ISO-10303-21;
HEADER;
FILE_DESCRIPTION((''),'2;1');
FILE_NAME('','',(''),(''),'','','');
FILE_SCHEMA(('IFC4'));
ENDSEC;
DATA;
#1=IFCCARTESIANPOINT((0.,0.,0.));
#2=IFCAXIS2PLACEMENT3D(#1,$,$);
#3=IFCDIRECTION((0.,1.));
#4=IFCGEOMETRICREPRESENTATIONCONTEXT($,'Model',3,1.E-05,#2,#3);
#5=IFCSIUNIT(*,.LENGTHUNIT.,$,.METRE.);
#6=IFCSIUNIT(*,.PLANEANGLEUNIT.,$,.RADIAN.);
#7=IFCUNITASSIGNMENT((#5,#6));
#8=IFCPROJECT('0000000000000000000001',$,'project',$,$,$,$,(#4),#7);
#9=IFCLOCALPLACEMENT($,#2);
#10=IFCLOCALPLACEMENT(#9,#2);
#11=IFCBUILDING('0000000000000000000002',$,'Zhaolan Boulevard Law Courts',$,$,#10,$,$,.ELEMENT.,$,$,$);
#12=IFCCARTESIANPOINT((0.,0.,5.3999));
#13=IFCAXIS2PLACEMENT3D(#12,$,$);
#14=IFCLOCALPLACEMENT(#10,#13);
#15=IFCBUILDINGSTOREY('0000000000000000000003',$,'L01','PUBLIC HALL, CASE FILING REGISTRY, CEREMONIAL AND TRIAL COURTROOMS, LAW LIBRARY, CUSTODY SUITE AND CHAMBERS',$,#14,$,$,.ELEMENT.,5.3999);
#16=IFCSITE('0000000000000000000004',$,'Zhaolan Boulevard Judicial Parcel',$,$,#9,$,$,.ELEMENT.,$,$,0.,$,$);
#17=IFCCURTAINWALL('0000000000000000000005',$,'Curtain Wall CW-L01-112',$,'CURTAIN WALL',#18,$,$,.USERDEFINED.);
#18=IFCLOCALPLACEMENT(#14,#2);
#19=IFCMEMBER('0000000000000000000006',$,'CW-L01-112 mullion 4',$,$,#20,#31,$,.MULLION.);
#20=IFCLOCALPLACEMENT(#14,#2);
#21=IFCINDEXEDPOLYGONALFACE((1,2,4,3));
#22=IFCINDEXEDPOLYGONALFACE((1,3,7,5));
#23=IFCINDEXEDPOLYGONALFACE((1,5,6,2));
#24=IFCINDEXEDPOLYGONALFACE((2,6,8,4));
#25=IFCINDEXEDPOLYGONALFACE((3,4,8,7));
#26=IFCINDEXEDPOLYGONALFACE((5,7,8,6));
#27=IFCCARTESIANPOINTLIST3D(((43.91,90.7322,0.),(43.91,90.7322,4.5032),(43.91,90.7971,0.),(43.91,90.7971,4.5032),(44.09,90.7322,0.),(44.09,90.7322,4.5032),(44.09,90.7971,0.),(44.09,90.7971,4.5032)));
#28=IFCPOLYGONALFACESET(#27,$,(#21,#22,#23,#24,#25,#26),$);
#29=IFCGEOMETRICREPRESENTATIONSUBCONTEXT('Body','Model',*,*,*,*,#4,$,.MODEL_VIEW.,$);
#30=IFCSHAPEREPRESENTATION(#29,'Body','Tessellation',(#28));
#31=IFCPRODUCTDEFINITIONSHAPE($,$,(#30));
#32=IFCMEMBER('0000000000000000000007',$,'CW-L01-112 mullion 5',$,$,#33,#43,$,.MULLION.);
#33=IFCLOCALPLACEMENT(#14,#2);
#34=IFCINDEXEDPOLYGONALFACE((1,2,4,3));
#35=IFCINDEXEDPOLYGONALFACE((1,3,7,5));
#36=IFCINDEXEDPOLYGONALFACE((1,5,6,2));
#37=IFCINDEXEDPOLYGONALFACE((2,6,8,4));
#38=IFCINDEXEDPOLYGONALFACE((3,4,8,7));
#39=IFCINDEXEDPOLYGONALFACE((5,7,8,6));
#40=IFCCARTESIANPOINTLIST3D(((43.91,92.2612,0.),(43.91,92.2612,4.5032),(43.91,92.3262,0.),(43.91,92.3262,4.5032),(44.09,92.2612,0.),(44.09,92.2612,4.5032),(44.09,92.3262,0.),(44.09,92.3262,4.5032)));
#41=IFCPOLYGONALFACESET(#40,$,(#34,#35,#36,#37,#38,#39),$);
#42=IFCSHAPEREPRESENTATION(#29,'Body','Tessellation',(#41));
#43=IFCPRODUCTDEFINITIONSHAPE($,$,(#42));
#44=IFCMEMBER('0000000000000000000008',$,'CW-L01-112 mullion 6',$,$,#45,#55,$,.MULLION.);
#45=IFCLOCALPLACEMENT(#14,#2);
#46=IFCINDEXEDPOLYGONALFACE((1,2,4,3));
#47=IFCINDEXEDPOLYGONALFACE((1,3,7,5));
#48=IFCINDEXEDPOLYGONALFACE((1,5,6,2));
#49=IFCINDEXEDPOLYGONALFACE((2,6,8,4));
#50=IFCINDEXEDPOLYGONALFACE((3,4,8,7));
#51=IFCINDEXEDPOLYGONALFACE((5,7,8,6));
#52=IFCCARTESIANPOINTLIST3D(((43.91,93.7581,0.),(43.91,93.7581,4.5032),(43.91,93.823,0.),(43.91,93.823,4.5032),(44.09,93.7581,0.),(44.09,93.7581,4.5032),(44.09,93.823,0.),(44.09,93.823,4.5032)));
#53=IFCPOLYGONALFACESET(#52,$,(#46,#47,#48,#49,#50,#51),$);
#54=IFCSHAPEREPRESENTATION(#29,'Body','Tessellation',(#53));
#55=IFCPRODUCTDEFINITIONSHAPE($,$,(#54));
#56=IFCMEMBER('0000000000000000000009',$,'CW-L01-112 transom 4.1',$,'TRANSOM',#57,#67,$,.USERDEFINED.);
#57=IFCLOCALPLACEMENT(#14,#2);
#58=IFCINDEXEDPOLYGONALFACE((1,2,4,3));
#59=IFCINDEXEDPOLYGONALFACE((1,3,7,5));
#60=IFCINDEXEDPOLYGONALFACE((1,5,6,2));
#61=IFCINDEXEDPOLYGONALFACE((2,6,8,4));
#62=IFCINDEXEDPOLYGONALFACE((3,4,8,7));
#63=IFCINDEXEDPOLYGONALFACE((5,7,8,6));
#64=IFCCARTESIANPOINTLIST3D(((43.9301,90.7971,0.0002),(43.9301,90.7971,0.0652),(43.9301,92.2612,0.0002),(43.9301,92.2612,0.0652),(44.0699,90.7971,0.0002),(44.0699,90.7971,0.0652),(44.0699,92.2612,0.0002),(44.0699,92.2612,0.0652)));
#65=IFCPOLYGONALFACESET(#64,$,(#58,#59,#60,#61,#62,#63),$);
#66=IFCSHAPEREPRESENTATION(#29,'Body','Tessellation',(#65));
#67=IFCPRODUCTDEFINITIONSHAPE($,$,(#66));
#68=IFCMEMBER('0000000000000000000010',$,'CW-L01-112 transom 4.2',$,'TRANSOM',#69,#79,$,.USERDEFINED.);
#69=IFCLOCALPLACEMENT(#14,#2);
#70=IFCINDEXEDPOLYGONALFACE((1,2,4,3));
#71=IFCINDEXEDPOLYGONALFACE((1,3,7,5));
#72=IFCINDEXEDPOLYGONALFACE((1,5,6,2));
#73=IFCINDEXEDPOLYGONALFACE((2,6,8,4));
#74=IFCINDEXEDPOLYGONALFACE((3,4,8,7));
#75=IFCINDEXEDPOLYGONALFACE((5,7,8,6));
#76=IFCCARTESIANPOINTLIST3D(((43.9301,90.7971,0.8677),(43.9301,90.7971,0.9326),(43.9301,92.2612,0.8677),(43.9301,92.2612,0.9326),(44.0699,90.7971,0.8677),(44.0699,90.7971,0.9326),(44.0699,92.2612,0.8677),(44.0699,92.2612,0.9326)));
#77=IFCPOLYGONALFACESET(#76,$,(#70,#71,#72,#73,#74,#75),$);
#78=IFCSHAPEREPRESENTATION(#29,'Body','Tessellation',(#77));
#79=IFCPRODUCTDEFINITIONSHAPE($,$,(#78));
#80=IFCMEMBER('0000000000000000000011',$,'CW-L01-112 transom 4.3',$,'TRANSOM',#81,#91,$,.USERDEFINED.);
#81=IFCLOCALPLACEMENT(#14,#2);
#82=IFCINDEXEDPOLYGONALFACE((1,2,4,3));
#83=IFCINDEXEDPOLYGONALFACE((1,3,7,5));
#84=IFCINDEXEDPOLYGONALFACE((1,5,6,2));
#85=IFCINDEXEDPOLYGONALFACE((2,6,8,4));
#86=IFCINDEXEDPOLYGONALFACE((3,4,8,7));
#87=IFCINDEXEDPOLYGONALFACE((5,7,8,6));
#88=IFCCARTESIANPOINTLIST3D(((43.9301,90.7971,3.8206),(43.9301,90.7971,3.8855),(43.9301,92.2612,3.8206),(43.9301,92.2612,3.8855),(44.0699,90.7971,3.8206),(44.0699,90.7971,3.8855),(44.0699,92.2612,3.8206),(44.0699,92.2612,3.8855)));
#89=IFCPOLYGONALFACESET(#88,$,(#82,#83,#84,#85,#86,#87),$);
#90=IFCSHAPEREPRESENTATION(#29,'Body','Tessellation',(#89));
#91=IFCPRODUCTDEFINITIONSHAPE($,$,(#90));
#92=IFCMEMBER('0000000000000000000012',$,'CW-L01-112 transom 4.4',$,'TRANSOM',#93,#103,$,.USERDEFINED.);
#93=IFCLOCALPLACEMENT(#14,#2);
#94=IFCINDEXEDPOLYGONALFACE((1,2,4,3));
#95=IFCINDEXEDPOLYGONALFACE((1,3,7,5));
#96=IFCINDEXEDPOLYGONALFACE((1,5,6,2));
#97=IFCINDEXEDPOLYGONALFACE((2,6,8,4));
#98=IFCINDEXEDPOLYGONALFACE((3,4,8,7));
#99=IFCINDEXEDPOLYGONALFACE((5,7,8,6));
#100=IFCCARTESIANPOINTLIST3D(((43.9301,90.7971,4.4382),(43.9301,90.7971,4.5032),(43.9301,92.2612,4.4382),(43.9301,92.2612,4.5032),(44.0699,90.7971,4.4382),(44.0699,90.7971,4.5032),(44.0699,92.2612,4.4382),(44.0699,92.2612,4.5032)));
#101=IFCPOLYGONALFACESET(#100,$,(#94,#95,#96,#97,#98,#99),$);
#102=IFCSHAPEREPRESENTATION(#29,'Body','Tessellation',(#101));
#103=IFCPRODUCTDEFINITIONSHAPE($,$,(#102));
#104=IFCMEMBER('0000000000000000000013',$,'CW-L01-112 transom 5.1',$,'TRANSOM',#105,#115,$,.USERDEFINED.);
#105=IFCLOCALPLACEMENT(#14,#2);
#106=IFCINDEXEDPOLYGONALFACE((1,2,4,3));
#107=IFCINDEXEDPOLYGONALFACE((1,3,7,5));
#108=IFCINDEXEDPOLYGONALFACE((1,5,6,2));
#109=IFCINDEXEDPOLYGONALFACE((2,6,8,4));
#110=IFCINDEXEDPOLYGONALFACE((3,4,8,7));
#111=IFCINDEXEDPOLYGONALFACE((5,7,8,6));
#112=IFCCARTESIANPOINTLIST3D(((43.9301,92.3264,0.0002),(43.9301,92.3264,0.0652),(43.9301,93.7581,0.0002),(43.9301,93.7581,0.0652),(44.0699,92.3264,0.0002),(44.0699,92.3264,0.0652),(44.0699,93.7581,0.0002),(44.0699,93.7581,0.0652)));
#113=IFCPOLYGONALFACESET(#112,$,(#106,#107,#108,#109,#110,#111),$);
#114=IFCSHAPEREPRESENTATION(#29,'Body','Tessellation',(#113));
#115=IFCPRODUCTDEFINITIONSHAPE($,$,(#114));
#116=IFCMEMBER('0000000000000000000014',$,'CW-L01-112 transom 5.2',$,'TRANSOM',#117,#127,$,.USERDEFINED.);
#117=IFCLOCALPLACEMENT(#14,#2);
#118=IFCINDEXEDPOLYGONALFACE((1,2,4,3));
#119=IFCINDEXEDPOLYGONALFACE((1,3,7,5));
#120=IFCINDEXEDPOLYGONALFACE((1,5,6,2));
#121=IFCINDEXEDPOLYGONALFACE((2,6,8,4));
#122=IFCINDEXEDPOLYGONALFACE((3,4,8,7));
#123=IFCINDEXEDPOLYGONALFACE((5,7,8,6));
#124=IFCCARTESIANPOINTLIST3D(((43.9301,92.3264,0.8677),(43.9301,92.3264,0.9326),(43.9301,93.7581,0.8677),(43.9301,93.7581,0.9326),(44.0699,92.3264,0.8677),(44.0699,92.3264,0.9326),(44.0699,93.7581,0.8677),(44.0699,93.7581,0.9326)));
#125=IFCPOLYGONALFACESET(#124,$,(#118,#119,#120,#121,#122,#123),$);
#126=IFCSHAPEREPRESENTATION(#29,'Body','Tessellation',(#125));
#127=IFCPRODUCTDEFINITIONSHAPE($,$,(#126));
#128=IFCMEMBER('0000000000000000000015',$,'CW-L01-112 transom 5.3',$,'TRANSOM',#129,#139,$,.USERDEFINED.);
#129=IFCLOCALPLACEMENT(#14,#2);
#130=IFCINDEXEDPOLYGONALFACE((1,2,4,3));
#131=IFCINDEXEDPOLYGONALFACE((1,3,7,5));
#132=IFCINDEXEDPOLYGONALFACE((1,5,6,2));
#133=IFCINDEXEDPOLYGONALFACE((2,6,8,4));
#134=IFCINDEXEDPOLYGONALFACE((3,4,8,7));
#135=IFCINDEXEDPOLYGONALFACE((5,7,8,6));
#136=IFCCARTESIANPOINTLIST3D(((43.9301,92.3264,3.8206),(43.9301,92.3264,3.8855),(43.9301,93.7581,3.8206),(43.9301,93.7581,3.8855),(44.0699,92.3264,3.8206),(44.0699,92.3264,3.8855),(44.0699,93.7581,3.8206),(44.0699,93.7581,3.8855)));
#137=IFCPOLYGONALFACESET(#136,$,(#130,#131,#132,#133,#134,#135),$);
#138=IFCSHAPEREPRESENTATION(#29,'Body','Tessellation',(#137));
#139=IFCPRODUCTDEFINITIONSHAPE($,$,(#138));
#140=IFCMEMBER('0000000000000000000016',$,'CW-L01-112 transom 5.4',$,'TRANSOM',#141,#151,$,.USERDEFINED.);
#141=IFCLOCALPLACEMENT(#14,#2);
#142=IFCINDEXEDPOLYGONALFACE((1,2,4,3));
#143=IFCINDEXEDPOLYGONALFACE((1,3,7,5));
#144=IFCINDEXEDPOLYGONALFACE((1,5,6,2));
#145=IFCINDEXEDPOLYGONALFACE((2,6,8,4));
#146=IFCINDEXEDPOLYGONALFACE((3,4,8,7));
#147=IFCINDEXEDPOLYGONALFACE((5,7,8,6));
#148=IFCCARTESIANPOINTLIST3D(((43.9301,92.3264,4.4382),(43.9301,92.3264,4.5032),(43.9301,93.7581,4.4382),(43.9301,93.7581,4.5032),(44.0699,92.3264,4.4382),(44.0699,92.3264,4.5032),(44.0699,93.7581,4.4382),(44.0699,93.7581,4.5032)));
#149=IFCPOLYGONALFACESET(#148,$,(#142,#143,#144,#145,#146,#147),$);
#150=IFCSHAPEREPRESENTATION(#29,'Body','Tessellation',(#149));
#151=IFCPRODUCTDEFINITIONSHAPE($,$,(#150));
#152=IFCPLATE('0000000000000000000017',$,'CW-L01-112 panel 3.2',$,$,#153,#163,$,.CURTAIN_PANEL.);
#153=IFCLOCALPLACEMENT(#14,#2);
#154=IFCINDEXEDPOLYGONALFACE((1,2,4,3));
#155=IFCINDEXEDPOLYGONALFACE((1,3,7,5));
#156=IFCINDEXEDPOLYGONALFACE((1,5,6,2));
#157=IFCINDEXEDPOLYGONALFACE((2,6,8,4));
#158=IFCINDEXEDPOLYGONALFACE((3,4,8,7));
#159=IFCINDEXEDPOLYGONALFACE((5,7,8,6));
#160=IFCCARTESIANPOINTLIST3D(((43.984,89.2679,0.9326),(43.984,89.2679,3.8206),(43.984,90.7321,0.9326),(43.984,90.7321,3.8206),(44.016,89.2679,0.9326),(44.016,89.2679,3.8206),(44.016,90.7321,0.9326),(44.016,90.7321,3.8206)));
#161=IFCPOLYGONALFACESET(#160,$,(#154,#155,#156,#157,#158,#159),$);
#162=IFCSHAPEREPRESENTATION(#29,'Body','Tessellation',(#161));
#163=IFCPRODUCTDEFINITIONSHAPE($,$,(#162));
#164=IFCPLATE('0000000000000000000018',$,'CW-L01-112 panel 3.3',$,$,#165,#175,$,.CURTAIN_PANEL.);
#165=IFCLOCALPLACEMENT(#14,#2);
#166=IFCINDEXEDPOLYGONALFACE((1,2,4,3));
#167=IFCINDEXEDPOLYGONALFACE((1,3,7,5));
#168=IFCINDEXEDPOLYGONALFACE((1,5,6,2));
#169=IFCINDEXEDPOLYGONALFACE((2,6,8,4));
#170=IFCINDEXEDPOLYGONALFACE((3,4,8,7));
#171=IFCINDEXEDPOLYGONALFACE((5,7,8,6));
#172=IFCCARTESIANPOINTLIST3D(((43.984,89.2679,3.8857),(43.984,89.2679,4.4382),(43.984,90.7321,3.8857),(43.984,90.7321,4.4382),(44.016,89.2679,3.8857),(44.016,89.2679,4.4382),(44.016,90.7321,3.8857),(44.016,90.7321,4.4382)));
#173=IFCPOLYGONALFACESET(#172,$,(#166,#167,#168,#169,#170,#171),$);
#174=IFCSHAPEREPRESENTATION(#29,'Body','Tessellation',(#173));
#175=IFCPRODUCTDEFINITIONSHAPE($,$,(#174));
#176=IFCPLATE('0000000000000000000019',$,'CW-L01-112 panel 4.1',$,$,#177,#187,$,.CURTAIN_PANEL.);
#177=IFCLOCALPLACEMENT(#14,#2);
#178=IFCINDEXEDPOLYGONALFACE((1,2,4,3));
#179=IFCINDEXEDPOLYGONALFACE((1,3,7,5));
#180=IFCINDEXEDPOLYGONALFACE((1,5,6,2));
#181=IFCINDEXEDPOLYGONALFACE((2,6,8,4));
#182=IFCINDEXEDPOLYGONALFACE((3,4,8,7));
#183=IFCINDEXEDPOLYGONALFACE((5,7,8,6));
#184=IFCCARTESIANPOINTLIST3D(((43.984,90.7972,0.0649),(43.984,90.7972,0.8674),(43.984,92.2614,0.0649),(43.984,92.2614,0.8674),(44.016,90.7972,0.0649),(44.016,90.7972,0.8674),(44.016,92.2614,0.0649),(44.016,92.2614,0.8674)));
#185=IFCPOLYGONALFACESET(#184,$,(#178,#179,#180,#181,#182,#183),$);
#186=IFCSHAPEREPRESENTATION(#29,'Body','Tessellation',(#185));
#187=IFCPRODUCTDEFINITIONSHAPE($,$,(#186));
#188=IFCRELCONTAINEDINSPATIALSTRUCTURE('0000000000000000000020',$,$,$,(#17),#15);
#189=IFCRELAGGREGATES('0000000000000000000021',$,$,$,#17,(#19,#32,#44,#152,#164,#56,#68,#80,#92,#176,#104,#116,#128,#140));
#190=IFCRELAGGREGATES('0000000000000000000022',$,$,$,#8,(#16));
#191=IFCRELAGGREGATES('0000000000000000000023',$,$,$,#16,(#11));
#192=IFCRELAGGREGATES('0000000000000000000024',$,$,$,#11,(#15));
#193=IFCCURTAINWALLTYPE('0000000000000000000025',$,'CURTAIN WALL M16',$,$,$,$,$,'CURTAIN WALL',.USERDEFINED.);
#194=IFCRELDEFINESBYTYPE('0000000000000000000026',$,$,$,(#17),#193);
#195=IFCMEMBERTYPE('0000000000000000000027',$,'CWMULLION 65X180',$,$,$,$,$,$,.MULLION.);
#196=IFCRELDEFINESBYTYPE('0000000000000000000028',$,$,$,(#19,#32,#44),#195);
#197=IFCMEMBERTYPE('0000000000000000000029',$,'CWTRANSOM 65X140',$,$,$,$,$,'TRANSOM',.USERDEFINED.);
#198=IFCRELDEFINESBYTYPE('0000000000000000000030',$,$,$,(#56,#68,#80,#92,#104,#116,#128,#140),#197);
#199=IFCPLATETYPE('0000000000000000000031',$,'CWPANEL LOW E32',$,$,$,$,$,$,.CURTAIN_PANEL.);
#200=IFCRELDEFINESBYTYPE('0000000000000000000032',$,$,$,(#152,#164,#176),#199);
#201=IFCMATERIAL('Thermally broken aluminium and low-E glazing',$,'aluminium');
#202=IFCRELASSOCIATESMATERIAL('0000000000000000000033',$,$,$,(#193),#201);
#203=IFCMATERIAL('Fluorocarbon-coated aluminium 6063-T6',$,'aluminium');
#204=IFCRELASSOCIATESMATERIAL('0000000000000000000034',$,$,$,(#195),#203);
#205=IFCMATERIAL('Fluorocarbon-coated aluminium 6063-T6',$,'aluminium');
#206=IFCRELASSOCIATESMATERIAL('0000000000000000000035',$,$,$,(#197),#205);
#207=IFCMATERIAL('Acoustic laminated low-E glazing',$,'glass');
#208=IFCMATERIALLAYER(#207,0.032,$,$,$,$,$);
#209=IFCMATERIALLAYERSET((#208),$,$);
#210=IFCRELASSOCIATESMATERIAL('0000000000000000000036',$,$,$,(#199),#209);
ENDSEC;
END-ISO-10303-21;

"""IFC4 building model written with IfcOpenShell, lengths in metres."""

from ifc_helpers import new_model, si_unit, direction, frame, origin, origin_2d, place, context, subcontext, project, spatial, rectangle, extrude, material, layer, layer_set, material_profile, profile_set, type_object, element, aggregate, save


model = new_model("IFC4")

# Units and contexts
model_context = context("Model", 3, precision=1e-05, world=origin(), true_north=direction((0.0, 1.0)))
body_context = subcontext(model_context, "Body", "Model", "MODEL_VIEW")
ifc_project = project(units=[si_unit("LENGTHUNIT", "METRE"), si_unit("PLANEANGLEUNIT", "RADIAN")], contexts=[model_context])

# Site, building, storey
site_placement = place(None, origin())
site = spatial("IfcSite", under=ifc_project, at=site_placement, Name="Zhaolan Boulevard Judicial Parcel", CompositionType="ELEMENT", RefElevation=0.0)
building_placement = place(site_placement, origin())
building = spatial("IfcBuilding", under=site, at=building_placement, Name="Zhaolan Boulevard Law Courts", CompositionType="ELEMENT")
storey_placement = place(building_placement, frame((0.0, 0.0, 5.3999)))
storey = spatial("IfcBuildingStorey", under=building, at=storey_placement, Name="L01", Description="PUBLIC HALL, CASE FILING REGISTRY, CEREMONIAL AND TRIAL COURTROOMS, LAW LIBRARY, CUSTODY SUITE AND CHAMBERS", CompositionType="ELEMENT", Elevation=5.3999)

# Curtain wall, members, plates
ifc_material_1 = material(Name="Thermally broken aluminium and low-E glazing", Category="aluminium")
curtain_wall_type = type_object("IfcCurtainWallType", Name="CURTAIN WALL M16", ElementType="CURTAIN WALL", PredefinedType="USERDEFINED", material=ifc_material_1)
curtain_wall_placement = place(storey_placement, origin())
curtain_wall = element("IfcCurtainWall", 1, at=curtain_wall_placement, inside=storey, type_object=curtain_wall_type, Name="Curtain Wall CW-L01-112", ObjectType="CURTAIN WALL", PredefinedType="USERDEFINED")
ifc_material_2 = material(Name="Fluorocarbon-coated aluminium 6063-T6", Category="aluminium")
ifc_material_profile_1 = material_profile(ifc_material_2, rectangle(XDim=0.1799, YDim=0.0649, at=origin_2d()), Name="AL65x180")
ifc_profile_set_1 = profile_set([ifc_material_profile_1], Name="Fluorocarbon-coated aluminium 6063-T6")
member_type_1 = type_object("IfcMemberType", Name="CWMULLION 65X180", PredefinedType="MULLION", material=ifc_profile_set_1)
member_1_placement = place(storey_placement, frame((44.0, 90.7646, 0.0), z_axis=(0.0, 0.0, 1.0), x_axis=(-1.0, 0.0, 0.0)))
member_1 = element("IfcMember", 2, at=member_1_placement, type_object=member_type_1, Name="CW-L01-112 mullion 4", PredefinedType="MULLION", context=body_context, shape_type="SweptSolid", body=[
    extrude(rectangle(XDim=0.1799, YDim=0.0649, at=origin_2d()), origin(), (0.0, 0.0, 1.0), 4.5032),
])
member_2_placement = place(storey_placement, frame((44.0, 92.2937, 0.0), z_axis=(0.0, 0.0, 1.0), x_axis=(-1.0, 0.0, 0.0)))
member_2 = element("IfcMember", 3, at=member_2_placement, type_object=member_type_1, Name="CW-L01-112 mullion 5", PredefinedType="MULLION", context=body_context, shape_type="SweptSolid", body=[
    extrude(rectangle(XDim=0.1799, YDim=0.0649, at=origin_2d()), origin(), (0.0, 0.0, 1.0), 4.5032),
])
member_3_placement = place(storey_placement, frame((44.0, 93.7905, 0.0), z_axis=(0.0, 0.0, 1.0), x_axis=(-1.0, 0.0, 0.0)))
member_3 = element("IfcMember", 4, at=member_3_placement, type_object=member_type_1, Name="CW-L01-112 mullion 6", PredefinedType="MULLION", context=body_context, shape_type="SweptSolid", body=[
    extrude(rectangle(XDim=0.1799, YDim=0.0649, at=origin_2d()), origin(), (0.0, 0.0, 1.0), 4.5032),
])
ifc_material_3 = material(Name="Fluorocarbon-coated aluminium 6063-T6", Category="aluminium")
ifc_material_profile_2 = material_profile(ifc_material_3, rectangle(XDim=0.1399, YDim=0.0649, at=origin_2d()), Name="AL65x140")
ifc_profile_set_2 = profile_set([ifc_material_profile_2], Name="Fluorocarbon-coated aluminium 6063-T6")
member_type_2 = type_object("IfcMemberType", Name="CWTRANSOM 65X140", ElementType="TRANSOM", PredefinedType="USERDEFINED", material=ifc_profile_set_2)
member_4_placement = place(storey_placement, frame((44.0, 90.7971, 0.0327), z_axis=(0.0, 1.0, 0.0), x_axis=(-1.0, 0.0, 0.0)))
member_4 = element("IfcMember", 5, at=member_4_placement, type_object=member_type_2, Name="CW-L01-112 transom 4.1", ObjectType="TRANSOM", PredefinedType="USERDEFINED", context=body_context, shape_type="SweptSolid", body=[
    extrude(rectangle(XDim=0.1399, YDim=0.0649, at=origin_2d()), origin(), (0.0, 0.0, 1.0), 1.4641),
])
member_5_placement = place(storey_placement, frame((44.0, 90.7971, 0.9001), z_axis=(0.0, 1.0, 0.0), x_axis=(-1.0, 0.0, 0.0)))
member_5 = element("IfcMember", 6, at=member_5_placement, type_object=member_type_2, Name="CW-L01-112 transom 4.2", ObjectType="TRANSOM", PredefinedType="USERDEFINED", context=body_context, shape_type="SweptSolid", body=[
    extrude(rectangle(XDim=0.1399, YDim=0.0649, at=origin_2d()), origin(), (0.0, 0.0, 1.0), 1.4641),
])
member_6_placement = place(storey_placement, frame((44.0, 90.7971, 3.853), z_axis=(0.0, 1.0, 0.0), x_axis=(-1.0, 0.0, 0.0)))
member_6 = element("IfcMember", 7, at=member_6_placement, type_object=member_type_2, Name="CW-L01-112 transom 4.3", ObjectType="TRANSOM", PredefinedType="USERDEFINED", context=body_context, shape_type="SweptSolid", body=[
    extrude(rectangle(XDim=0.1399, YDim=0.0649, at=origin_2d()), origin(), (0.0, 0.0, 1.0), 1.4641),
])
member_7_placement = place(storey_placement, frame((44.0, 90.7971, 4.4707), z_axis=(0.0, 1.0, 0.0), x_axis=(-1.0, 0.0, 0.0)))
member_7 = element("IfcMember", 8, at=member_7_placement, type_object=member_type_2, Name="CW-L01-112 transom 4.4", ObjectType="TRANSOM", PredefinedType="USERDEFINED", context=body_context, shape_type="SweptSolid", body=[
    extrude(rectangle(XDim=0.1399, YDim=0.0649, at=origin_2d()), origin(), (0.0, 0.0, 1.0), 1.4641),
])
member_8_placement = place(storey_placement, frame((44.0, 92.3264, 0.0327), z_axis=(0.0, 1.0, 0.0), x_axis=(-1.0, 0.0, 0.0)))
member_8 = element("IfcMember", 9, at=member_8_placement, type_object=member_type_2, Name="CW-L01-112 transom 5.1", ObjectType="TRANSOM", PredefinedType="USERDEFINED", context=body_context, shape_type="SweptSolid", body=[
    extrude(rectangle(XDim=0.1399, YDim=0.0649, at=origin_2d()), origin(), (0.0, 0.0, 1.0), 1.4316),
])
member_9_placement = place(storey_placement, frame((44.0, 92.3264, 0.9001), z_axis=(0.0, 1.0, 0.0), x_axis=(-1.0, 0.0, 0.0)))
member_9 = element("IfcMember", 10, at=member_9_placement, type_object=member_type_2, Name="CW-L01-112 transom 5.2", ObjectType="TRANSOM", PredefinedType="USERDEFINED", context=body_context, shape_type="SweptSolid", body=[
    extrude(rectangle(XDim=0.1399, YDim=0.0649, at=origin_2d()), origin(), (0.0, 0.0, 1.0), 1.4316),
])
member_10_placement = place(storey_placement, frame((44.0, 92.3264, 3.853), z_axis=(0.0, 1.0, 0.0), x_axis=(-1.0, 0.0, 0.0)))
member_10 = element("IfcMember", 11, at=member_10_placement, type_object=member_type_2, Name="CW-L01-112 transom 5.3", ObjectType="TRANSOM", PredefinedType="USERDEFINED", context=body_context, shape_type="SweptSolid", body=[
    extrude(rectangle(XDim=0.1399, YDim=0.0649, at=origin_2d()), origin(), (0.0, 0.0, 1.0), 1.4316),
])
member_11_placement = place(storey_placement, frame((44.0, 92.3264, 4.4707), z_axis=(0.0, 1.0, 0.0), x_axis=(-1.0, 0.0, 0.0)))
member_11 = element("IfcMember", 12, at=member_11_placement, type_object=member_type_2, Name="CW-L01-112 transom 5.4", ObjectType="TRANSOM", PredefinedType="USERDEFINED", context=body_context, shape_type="SweptSolid", body=[
    extrude(rectangle(XDim=0.1399, YDim=0.0649, at=origin_2d()), origin(), (0.0, 0.0, 1.0), 1.4316),
])
ifc_material_4 = material(Name="Acoustic laminated low-E glazing", Category="glass")
ifc_layer = layer(ifc_material_4, 0.032)
ifc_layer_set = layer_set([ifc_layer])
plate_type = type_object("IfcPlateType", Name="CWPANEL LOW E32", PredefinedType="CURTAIN_PANEL", material=ifc_layer_set)
plate_1_placement = place(storey_placement, frame((44.0, 90.0, 0.9326), z_axis=(0.0, 0.0, 1.0), x_axis=(0.0, 1.0, 0.0)))
plate_1 = element("IfcPlate", 13, at=plate_1_placement, type_object=plate_type, Name="CW-L01-112 panel 3.2", PredefinedType="CURTAIN_PANEL", context=body_context, shape_type="SweptSolid", body=[
    extrude(rectangle(XDim=1.4641, YDim=0.032, at=origin_2d()), origin(), (0.0, 0.0, 1.0), 2.8879),
])
plate_2_placement = place(storey_placement, frame((44.0, 90.0, 3.8857), z_axis=(0.0, 0.0, 1.0), x_axis=(0.0, 1.0, 0.0)))
plate_2 = element("IfcPlate", 14, at=plate_2_placement, type_object=plate_type, Name="CW-L01-112 panel 3.3", PredefinedType="CURTAIN_PANEL", context=body_context, shape_type="SweptSolid", body=[
    extrude(rectangle(XDim=1.4641, YDim=0.032, at=origin_2d()), origin(), (0.0, 0.0, 1.0), 0.5525),
])
plate_3_placement = place(storey_placement, frame((44.0, 91.5293, 0.0649), z_axis=(0.0, 0.0, 1.0), x_axis=(0.0, 1.0, 0.0)))
plate_3 = element("IfcPlate", 15, at=plate_3_placement, type_object=plate_type, Name="CW-L01-112 panel 4.1", PredefinedType="CURTAIN_PANEL", context=body_context, shape_type="SweptSolid", body=[
    extrude(rectangle(XDim=1.4641, YDim=0.032, at=origin_2d()), origin(), (0.0, 0.0, 1.0), 0.8025),
])
aggregate(curtain_wall, [member_1, member_2, member_3, plate_1, plate_2, member_4, member_5, member_6, member_7, plate_3, member_8, member_9, member_10, member_11])

save(model, "model.ifc")
